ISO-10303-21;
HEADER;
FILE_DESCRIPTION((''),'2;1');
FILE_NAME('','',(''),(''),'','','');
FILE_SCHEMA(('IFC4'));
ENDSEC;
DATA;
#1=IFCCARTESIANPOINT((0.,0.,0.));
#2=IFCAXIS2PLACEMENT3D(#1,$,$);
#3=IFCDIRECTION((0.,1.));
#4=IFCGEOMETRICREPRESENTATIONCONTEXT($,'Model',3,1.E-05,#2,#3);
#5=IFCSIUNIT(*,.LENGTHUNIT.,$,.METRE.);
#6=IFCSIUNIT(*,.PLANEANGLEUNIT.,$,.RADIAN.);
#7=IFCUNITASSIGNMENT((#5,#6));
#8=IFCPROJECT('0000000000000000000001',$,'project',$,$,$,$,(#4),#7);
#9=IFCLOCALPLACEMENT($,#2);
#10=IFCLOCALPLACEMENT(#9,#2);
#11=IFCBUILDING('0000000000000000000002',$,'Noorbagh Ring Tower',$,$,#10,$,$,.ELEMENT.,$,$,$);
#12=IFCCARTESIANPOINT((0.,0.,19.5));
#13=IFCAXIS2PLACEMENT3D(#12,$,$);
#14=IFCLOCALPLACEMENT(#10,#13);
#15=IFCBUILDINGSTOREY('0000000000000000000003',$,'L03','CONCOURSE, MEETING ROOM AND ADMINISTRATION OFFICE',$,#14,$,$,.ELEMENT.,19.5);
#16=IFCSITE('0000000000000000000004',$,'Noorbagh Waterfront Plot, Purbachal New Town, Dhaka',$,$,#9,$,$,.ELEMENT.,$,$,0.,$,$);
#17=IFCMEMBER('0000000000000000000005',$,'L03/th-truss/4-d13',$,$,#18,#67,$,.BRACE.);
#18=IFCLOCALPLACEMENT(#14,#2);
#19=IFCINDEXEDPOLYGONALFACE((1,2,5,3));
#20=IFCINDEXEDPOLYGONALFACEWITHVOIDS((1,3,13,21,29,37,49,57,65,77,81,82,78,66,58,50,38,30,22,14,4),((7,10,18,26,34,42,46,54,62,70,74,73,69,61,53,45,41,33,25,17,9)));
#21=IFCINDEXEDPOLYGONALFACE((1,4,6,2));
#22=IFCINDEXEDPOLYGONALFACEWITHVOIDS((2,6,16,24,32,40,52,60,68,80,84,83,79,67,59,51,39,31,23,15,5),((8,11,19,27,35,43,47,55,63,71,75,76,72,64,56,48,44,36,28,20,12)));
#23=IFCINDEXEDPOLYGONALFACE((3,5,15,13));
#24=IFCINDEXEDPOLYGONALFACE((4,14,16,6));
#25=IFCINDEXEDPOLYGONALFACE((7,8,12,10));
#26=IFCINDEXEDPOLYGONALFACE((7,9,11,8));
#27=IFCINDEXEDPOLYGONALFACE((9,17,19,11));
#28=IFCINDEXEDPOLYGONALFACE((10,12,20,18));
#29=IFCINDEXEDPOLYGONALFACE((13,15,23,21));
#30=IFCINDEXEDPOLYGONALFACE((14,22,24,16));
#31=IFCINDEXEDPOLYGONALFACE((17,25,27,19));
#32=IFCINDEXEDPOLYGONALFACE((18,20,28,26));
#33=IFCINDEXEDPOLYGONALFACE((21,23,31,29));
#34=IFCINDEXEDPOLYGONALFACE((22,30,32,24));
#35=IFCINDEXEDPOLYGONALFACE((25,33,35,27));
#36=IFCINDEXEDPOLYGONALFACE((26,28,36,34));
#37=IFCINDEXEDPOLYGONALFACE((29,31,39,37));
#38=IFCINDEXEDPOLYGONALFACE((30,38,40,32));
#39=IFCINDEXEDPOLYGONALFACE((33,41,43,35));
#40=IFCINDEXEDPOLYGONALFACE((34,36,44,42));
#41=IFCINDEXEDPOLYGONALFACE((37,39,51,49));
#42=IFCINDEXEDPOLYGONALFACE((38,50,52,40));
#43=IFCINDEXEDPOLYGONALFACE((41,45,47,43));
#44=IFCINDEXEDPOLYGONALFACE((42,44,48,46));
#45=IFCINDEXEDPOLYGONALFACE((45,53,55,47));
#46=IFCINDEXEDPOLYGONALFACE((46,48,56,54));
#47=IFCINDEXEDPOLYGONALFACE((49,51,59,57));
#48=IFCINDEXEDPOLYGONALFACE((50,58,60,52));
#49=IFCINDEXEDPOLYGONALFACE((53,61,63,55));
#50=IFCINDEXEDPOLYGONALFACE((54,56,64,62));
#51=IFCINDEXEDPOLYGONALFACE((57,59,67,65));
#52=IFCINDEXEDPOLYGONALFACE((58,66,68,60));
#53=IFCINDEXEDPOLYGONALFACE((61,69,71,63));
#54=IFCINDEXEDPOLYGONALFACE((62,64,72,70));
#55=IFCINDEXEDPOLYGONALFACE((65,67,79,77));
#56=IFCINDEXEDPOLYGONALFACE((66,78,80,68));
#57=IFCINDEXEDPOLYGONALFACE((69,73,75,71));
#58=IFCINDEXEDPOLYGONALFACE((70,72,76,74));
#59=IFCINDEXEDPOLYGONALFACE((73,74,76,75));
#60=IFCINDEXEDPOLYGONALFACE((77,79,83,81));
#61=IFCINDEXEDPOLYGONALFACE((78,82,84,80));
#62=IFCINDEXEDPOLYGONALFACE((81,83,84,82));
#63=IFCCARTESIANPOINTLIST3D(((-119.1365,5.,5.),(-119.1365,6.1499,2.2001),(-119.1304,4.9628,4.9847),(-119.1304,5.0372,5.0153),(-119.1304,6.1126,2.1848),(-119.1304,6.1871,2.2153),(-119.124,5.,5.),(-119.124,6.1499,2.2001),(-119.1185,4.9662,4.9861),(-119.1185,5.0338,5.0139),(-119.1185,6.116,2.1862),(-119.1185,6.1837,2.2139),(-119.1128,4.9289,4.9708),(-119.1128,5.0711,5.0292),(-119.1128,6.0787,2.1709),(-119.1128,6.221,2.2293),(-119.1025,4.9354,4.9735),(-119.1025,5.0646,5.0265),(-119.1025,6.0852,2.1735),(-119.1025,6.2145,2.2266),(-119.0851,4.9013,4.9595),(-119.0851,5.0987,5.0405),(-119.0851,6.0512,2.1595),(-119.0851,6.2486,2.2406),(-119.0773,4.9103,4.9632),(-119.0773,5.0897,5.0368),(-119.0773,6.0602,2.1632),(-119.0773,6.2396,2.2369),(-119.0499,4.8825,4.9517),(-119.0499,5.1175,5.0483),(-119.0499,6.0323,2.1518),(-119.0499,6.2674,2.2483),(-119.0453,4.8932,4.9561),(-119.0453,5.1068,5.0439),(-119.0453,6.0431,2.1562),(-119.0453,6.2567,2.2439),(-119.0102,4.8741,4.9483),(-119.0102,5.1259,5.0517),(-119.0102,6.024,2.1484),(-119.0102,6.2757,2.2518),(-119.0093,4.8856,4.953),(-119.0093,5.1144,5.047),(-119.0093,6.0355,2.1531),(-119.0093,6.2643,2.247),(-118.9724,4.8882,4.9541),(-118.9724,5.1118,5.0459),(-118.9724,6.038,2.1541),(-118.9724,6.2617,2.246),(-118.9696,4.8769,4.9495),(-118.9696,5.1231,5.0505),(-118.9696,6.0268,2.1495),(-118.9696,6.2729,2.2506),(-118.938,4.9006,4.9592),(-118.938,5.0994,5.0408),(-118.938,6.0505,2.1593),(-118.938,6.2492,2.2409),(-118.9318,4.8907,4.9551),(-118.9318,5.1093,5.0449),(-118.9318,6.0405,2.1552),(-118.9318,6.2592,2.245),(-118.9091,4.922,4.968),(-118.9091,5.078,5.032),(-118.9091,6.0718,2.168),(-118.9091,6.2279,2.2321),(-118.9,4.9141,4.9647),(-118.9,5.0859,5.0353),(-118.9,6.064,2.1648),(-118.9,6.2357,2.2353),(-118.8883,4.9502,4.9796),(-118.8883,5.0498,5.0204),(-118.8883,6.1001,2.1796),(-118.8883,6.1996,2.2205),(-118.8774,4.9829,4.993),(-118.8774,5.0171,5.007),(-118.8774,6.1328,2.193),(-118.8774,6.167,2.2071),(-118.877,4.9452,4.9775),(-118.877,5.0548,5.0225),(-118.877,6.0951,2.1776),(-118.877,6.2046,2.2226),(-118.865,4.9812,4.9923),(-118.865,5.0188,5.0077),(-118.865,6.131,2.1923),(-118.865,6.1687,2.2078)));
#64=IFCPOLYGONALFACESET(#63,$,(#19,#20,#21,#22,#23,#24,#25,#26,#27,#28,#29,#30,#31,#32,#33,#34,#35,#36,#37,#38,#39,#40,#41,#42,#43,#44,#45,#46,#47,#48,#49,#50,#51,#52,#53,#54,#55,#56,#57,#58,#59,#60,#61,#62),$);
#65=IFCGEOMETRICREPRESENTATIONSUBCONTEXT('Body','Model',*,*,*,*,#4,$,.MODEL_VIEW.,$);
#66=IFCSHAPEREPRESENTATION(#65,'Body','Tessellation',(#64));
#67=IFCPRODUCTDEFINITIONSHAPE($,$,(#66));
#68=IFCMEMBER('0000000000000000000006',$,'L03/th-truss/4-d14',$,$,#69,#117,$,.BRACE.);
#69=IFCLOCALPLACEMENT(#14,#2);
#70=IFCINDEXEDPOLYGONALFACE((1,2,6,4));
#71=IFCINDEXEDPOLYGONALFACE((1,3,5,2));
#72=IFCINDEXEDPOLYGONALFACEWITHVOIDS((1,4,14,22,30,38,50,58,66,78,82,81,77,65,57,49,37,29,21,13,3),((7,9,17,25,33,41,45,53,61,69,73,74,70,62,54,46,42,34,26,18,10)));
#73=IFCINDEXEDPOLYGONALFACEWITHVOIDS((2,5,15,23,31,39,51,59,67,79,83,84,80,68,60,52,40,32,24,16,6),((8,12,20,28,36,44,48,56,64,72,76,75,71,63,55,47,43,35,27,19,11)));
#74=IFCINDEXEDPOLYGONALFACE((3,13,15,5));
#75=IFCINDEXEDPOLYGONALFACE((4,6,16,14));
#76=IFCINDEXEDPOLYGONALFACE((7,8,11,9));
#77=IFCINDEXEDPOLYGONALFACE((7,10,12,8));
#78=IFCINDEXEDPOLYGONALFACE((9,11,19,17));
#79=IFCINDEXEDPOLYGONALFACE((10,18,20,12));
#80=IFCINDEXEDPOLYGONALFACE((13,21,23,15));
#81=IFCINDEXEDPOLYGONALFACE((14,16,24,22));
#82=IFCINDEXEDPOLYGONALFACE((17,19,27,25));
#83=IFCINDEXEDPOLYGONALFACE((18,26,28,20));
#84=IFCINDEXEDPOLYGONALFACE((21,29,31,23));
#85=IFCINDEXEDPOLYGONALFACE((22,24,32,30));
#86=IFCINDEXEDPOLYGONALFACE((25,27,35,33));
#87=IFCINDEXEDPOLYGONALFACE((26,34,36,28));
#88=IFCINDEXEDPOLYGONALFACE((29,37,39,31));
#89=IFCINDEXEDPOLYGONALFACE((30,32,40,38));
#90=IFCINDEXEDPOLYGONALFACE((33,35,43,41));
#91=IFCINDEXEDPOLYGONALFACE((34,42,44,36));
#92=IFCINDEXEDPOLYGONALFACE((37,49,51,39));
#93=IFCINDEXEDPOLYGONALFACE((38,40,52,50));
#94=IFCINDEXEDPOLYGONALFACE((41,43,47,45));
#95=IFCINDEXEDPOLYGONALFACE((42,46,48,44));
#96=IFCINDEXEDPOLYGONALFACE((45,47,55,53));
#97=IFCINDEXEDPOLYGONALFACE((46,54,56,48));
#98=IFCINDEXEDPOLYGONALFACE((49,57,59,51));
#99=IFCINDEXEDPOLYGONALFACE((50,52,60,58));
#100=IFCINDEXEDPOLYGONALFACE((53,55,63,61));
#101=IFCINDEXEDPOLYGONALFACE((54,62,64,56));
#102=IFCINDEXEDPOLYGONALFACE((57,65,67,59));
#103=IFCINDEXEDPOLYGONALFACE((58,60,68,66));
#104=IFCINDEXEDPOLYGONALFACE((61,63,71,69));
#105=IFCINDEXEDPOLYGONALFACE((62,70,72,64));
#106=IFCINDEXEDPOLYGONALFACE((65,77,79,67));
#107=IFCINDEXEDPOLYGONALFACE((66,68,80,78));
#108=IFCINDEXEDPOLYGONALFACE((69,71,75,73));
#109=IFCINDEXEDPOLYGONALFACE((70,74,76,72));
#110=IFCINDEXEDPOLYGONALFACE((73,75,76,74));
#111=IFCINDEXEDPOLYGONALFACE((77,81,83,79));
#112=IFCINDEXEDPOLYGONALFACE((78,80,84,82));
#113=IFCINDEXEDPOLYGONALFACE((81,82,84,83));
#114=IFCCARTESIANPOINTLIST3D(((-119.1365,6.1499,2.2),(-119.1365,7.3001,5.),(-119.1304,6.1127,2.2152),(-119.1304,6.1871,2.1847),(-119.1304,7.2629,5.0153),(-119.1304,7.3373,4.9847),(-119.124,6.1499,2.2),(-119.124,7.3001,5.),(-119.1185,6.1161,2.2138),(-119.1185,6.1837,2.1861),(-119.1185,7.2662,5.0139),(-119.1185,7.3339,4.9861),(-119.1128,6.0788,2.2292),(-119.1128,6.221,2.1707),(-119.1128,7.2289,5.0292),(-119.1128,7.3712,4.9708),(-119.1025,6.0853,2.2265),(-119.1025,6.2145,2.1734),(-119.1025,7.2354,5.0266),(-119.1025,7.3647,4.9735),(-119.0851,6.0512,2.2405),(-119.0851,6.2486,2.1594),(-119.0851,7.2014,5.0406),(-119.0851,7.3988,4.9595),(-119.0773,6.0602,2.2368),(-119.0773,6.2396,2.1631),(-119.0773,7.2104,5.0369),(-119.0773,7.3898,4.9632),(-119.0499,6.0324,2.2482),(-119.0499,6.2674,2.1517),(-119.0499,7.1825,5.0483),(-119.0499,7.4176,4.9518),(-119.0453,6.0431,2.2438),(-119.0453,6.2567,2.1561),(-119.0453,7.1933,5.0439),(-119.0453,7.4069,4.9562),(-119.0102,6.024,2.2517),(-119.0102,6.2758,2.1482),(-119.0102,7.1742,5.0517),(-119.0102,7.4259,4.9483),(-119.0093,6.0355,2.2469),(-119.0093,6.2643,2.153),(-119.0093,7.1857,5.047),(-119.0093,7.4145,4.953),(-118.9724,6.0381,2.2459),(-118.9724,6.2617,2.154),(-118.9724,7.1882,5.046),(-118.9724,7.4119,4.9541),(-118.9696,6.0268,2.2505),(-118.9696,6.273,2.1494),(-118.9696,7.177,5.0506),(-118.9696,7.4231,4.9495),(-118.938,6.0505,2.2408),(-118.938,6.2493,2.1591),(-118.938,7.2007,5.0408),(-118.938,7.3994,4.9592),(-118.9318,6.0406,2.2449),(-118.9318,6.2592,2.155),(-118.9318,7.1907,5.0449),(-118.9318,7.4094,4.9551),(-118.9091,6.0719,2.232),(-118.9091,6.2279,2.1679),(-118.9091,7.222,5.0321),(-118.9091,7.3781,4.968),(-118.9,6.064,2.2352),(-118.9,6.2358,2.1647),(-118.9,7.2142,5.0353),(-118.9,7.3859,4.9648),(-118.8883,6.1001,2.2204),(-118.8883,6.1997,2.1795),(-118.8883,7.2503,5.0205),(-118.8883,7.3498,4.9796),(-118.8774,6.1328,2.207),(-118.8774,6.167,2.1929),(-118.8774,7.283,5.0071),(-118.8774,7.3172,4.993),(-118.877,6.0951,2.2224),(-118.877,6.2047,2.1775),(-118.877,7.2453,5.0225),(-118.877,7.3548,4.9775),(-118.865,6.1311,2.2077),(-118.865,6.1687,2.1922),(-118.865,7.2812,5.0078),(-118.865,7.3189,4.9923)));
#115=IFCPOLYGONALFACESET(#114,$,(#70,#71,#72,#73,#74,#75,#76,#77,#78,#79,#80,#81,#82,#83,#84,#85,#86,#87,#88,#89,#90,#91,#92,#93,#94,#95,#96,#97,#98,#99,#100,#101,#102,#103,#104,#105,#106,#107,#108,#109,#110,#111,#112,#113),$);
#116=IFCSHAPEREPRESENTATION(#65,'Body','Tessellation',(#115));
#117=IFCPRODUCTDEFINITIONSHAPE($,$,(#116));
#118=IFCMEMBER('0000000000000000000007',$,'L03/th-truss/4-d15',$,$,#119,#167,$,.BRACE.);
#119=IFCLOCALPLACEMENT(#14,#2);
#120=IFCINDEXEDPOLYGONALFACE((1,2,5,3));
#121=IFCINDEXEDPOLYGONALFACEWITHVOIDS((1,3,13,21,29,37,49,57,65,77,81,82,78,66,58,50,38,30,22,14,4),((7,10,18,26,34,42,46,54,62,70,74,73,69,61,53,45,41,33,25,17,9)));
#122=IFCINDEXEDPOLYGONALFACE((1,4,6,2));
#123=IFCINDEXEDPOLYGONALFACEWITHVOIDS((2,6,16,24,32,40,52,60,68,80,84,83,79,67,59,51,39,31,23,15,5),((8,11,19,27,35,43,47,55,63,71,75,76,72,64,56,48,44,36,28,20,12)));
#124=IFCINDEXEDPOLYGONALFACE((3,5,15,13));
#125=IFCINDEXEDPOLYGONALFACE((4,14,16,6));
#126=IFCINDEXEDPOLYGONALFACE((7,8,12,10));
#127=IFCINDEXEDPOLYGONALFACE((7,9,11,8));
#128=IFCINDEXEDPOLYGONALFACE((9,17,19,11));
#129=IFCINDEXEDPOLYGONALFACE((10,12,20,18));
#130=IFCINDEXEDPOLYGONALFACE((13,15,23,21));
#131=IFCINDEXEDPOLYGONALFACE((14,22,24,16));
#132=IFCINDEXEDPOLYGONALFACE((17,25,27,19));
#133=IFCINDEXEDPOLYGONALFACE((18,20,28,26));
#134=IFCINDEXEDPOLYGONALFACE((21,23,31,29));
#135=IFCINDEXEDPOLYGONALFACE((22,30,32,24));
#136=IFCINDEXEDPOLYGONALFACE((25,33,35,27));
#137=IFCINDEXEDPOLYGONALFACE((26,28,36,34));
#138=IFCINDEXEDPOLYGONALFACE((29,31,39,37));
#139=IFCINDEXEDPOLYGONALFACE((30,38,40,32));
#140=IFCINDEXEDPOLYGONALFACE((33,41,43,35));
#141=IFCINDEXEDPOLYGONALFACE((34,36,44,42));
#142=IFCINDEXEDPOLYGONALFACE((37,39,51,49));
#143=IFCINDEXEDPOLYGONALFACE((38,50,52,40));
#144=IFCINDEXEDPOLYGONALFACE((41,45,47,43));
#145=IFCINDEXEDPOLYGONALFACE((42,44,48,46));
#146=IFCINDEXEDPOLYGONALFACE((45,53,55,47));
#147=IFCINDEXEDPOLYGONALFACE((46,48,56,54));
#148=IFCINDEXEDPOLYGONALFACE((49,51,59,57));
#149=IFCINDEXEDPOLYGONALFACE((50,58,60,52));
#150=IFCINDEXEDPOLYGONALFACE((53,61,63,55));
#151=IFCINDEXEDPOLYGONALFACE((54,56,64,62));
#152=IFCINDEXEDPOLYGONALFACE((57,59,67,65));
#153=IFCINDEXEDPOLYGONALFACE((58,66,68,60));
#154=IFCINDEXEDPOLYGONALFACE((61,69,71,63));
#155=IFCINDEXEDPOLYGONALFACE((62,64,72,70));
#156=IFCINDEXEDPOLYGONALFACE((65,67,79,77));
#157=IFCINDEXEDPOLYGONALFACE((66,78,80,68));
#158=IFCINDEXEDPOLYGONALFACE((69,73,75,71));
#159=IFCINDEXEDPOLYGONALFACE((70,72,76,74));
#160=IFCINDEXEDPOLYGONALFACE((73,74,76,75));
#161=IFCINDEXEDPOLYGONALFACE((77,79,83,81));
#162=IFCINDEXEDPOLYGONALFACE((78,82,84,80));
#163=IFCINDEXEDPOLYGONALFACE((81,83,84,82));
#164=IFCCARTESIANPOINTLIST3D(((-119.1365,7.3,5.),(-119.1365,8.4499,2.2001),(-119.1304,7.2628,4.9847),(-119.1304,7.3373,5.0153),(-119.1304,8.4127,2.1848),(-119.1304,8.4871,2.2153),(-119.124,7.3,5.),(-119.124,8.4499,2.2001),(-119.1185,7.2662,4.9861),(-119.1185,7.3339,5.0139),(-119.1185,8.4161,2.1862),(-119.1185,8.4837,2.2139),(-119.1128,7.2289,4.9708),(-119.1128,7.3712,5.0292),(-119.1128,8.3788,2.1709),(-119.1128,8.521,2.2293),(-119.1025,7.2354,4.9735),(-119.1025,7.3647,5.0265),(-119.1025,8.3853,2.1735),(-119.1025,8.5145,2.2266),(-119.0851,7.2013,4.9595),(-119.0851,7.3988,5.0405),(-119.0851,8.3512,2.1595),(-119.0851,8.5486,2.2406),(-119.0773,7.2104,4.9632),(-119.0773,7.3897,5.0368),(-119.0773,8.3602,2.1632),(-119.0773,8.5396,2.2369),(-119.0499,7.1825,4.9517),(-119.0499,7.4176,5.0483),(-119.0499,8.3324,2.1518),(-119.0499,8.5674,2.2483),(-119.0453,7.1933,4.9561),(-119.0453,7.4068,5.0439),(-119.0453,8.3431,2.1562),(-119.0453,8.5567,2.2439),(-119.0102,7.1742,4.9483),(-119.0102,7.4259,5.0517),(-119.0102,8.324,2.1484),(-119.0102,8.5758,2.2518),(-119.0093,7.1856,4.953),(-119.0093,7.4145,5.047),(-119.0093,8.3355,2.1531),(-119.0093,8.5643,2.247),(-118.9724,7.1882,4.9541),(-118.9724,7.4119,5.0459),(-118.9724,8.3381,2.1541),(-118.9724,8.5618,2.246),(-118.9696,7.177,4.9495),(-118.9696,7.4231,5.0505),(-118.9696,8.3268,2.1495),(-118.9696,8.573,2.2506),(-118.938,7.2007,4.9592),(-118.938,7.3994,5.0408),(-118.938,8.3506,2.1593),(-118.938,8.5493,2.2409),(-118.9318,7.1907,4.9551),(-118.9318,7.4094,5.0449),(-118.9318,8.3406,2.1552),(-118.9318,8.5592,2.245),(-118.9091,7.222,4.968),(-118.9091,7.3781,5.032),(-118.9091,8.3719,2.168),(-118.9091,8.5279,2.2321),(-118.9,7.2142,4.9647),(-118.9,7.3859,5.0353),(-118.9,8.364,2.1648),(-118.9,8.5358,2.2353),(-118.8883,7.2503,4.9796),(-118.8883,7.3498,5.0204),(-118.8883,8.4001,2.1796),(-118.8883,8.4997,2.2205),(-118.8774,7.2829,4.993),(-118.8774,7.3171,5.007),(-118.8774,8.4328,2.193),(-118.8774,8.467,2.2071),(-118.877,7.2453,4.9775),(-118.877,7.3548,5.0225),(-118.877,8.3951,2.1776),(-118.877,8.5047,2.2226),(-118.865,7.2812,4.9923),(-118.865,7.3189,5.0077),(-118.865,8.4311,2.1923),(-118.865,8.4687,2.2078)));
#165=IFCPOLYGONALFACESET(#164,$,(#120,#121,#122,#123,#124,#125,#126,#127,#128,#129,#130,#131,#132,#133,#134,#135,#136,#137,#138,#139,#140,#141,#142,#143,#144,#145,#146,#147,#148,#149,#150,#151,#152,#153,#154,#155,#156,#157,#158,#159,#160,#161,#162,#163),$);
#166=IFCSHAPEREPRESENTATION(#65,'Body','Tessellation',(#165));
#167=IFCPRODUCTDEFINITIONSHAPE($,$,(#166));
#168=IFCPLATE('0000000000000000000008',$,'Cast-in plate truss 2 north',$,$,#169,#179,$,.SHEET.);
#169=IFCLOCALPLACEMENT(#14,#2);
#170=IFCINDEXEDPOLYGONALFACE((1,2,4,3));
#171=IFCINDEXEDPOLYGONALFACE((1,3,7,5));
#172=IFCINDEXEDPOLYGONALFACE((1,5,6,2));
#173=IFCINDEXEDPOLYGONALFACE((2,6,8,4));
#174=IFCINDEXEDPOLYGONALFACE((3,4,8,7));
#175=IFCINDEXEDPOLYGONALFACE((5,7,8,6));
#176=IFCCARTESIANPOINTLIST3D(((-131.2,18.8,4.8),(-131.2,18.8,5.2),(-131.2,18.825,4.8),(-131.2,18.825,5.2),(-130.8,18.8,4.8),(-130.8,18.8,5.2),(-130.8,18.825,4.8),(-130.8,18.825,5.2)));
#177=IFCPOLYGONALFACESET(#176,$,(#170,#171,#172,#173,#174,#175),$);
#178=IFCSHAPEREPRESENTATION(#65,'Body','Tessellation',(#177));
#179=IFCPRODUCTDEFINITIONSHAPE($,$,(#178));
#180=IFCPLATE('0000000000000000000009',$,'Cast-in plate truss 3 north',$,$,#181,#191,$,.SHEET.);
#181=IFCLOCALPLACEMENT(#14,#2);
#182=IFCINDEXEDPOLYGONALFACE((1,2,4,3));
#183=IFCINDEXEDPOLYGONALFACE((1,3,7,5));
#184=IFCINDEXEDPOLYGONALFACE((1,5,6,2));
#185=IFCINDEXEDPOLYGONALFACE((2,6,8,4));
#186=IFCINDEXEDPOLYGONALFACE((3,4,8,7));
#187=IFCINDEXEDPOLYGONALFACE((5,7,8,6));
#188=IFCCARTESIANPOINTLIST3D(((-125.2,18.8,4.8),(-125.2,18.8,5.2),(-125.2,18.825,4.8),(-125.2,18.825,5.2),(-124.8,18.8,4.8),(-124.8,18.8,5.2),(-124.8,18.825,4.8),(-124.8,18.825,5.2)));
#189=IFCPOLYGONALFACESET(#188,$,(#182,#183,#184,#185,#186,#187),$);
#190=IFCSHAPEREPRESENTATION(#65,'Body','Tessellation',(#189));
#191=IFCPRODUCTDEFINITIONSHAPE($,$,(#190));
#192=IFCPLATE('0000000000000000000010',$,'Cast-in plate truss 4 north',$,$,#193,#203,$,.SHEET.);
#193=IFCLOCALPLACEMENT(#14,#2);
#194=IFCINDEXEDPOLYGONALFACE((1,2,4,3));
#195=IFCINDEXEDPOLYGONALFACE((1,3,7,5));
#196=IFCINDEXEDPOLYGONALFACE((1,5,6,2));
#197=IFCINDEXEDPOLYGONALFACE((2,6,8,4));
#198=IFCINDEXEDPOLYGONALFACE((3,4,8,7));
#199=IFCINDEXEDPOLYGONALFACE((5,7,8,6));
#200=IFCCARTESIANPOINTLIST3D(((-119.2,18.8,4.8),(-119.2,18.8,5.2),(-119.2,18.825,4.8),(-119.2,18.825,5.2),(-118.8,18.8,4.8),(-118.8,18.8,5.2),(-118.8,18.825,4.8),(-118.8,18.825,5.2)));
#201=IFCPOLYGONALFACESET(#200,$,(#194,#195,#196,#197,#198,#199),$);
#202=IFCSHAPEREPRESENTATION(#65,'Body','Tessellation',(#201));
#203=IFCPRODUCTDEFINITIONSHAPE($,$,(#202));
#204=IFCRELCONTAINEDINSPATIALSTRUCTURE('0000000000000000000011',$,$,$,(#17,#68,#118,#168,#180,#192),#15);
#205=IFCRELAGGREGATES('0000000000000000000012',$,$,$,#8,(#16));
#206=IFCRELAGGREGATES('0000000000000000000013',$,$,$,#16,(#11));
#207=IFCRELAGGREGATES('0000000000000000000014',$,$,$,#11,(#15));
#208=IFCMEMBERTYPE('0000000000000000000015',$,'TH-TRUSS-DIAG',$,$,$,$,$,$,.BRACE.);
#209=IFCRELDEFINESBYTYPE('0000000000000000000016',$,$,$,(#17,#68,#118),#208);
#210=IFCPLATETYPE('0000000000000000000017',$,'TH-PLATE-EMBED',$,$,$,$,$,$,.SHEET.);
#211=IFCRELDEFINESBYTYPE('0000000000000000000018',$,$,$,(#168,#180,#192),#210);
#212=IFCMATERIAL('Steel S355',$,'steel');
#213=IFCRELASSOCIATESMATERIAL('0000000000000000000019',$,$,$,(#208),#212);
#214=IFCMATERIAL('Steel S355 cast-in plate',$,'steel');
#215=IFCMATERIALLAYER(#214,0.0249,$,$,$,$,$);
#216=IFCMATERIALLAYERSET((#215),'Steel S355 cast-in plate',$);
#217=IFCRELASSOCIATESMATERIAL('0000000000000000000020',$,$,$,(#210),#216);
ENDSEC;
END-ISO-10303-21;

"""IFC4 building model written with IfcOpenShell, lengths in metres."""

from ifc_helpers import new_model, si_unit, direction, frame, origin, origin_2d, place, context, subcontext, project, spatial, rectangle, hollow_circle, extrude, material, layer, layer_set, material_profile, profile_set, type_object, element, save


model = new_model("IFC4")

# Units and contexts
model_context = context("Model", 3, precision=1e-05, world=origin(), true_north=direction((0.0, 1.0)))
body_context = subcontext(model_context, "Body", "Model", "MODEL_VIEW")
ifc_project = project(units=[si_unit("LENGTHUNIT", "METRE"), si_unit("PLANEANGLEUNIT", "RADIAN")], contexts=[model_context])

# Site, building, storey
site_placement = place(None, origin())
site = spatial("IfcSite", under=ifc_project, at=site_placement, Name="Noorbagh Waterfront Plot, Purbachal New Town, Dhaka", CompositionType="ELEMENT", RefElevation=0.0)
building_placement = place(site_placement, origin())
building = spatial("IfcBuilding", under=site, at=building_placement, Name="Noorbagh Ring Tower", CompositionType="ELEMENT")
storey_placement = place(building_placement, frame((0.0, 0.0, 19.5)))
storey = spatial("IfcBuildingStorey", under=building, at=storey_placement, Name="L03", Description="CONCOURSE, MEETING ROOM AND ADMINISTRATION OFFICE", CompositionType="ELEMENT", Elevation=19.5)

# Members
ifc_material_1 = material(Name="Steel S355", Category="steel")
ifc_material_profile = material_profile(ifc_material_1, hollow_circle(Radius=0.1365, WallThickness=0.0125, at=origin_2d()), Name="CHS273x12.5")
ifc_profile_set = profile_set([ifc_material_profile], Name="Steel S355")
member_type = type_object("IfcMemberType", Name="TH-TRUSS-DIAG", PredefinedType="BRACE", material=ifc_profile_set)
for number, where, z_axis, x_axis, name in (
    (1, (-119.0, 5.0, 5.0), (0.0, 0.379886, -0.925033), (-1.0, 0.0, 0.0), "L03/th-truss/4-d13"),
):
    element("IfcMember", number, at=place(storey_placement, frame(where, z_axis=z_axis, x_axis=x_axis)), inside=storey, type_object=member_type, Name=name, PredefinedType="BRACE", context=body_context, shape_type="SweptSolid", body=[
        extrude(hollow_circle(Radius=0.1365, WallThickness=0.0125, at=origin_2d()), origin(), (0.0, 0.0, 1.0), 3.0269),
    ])
member_1_placement = place(storey_placement, frame((-119.0, 6.1499, 2.2), z_axis=(0.0, 0.379955, 0.925005), x_axis=(-1.0, 0.0, 0.0)))
element("IfcMember", 2, at=member_1_placement, inside=storey, type_object=member_type, Name="L03/th-truss/4-d14", PredefinedType="BRACE", context=body_context, shape_type="SweptSolid", body=[
    extrude(hollow_circle(Radius=0.1365, WallThickness=0.0125, at=origin_2d()), origin(), (0.0, 0.0, 1.0), 3.0271),
])
member_2_placement = place(storey_placement, frame((-119.0, 7.3, 5.0), z_axis=(0.0, 0.379886, -0.925033), x_axis=(-1.0, 0.0, 0.0)))
element("IfcMember", 3, at=member_2_placement, inside=storey, type_object=member_type, Name="L03/th-truss/4-d15", PredefinedType="BRACE", context=body_context, shape_type="SweptSolid", body=[
    extrude(hollow_circle(Radius=0.1365, WallThickness=0.0125, at=origin_2d()), origin(), (0.0, 0.0, 1.0), 3.0269),
])

# Plates
ifc_material_2 = material(Name="Steel S355 cast-in plate", Category="steel")
ifc_layer = layer(ifc_material_2, 0.0249)
ifc_layer_set = layer_set([ifc_layer], Name="Steel S355 cast-in plate")
plate_type = type_object("IfcPlateType", Name="TH-PLATE-EMBED", PredefinedType="SHEET", material=ifc_layer_set)
for number, where, z_axis, x_axis, name in (
    (4, (-131.0, 18.8125, 4.8), (0.0, 0.0, 1.0), (1.0, 0.0, 0.0), "Cast-in plate truss 2 north"),
    (5, (-125.0, 18.8125, 4.8), (0.0, 0.0, 1.0), (1.0, 0.0, 0.0), "Cast-in plate truss 3 north"),
    (6, (-119.0, 18.8125, 4.8), (0.0, 0.0, 1.0), (1.0, 0.0, 0.0), "Cast-in plate truss 4 north"),
):
    element("IfcPlate", number, at=place(storey_placement, frame(where, z_axis=z_axis, x_axis=x_axis)), inside=storey, type_object=plate_type, Name=name, PredefinedType="SHEET", context=body_context, shape_type="SweptSolid", body=[
        extrude(rectangle(XDim=0.3999, YDim=0.0249, at=origin_2d()), origin(), (0.0, 0.0, 1.0), 0.3999),
    ])

save(model, "model.ifc")
